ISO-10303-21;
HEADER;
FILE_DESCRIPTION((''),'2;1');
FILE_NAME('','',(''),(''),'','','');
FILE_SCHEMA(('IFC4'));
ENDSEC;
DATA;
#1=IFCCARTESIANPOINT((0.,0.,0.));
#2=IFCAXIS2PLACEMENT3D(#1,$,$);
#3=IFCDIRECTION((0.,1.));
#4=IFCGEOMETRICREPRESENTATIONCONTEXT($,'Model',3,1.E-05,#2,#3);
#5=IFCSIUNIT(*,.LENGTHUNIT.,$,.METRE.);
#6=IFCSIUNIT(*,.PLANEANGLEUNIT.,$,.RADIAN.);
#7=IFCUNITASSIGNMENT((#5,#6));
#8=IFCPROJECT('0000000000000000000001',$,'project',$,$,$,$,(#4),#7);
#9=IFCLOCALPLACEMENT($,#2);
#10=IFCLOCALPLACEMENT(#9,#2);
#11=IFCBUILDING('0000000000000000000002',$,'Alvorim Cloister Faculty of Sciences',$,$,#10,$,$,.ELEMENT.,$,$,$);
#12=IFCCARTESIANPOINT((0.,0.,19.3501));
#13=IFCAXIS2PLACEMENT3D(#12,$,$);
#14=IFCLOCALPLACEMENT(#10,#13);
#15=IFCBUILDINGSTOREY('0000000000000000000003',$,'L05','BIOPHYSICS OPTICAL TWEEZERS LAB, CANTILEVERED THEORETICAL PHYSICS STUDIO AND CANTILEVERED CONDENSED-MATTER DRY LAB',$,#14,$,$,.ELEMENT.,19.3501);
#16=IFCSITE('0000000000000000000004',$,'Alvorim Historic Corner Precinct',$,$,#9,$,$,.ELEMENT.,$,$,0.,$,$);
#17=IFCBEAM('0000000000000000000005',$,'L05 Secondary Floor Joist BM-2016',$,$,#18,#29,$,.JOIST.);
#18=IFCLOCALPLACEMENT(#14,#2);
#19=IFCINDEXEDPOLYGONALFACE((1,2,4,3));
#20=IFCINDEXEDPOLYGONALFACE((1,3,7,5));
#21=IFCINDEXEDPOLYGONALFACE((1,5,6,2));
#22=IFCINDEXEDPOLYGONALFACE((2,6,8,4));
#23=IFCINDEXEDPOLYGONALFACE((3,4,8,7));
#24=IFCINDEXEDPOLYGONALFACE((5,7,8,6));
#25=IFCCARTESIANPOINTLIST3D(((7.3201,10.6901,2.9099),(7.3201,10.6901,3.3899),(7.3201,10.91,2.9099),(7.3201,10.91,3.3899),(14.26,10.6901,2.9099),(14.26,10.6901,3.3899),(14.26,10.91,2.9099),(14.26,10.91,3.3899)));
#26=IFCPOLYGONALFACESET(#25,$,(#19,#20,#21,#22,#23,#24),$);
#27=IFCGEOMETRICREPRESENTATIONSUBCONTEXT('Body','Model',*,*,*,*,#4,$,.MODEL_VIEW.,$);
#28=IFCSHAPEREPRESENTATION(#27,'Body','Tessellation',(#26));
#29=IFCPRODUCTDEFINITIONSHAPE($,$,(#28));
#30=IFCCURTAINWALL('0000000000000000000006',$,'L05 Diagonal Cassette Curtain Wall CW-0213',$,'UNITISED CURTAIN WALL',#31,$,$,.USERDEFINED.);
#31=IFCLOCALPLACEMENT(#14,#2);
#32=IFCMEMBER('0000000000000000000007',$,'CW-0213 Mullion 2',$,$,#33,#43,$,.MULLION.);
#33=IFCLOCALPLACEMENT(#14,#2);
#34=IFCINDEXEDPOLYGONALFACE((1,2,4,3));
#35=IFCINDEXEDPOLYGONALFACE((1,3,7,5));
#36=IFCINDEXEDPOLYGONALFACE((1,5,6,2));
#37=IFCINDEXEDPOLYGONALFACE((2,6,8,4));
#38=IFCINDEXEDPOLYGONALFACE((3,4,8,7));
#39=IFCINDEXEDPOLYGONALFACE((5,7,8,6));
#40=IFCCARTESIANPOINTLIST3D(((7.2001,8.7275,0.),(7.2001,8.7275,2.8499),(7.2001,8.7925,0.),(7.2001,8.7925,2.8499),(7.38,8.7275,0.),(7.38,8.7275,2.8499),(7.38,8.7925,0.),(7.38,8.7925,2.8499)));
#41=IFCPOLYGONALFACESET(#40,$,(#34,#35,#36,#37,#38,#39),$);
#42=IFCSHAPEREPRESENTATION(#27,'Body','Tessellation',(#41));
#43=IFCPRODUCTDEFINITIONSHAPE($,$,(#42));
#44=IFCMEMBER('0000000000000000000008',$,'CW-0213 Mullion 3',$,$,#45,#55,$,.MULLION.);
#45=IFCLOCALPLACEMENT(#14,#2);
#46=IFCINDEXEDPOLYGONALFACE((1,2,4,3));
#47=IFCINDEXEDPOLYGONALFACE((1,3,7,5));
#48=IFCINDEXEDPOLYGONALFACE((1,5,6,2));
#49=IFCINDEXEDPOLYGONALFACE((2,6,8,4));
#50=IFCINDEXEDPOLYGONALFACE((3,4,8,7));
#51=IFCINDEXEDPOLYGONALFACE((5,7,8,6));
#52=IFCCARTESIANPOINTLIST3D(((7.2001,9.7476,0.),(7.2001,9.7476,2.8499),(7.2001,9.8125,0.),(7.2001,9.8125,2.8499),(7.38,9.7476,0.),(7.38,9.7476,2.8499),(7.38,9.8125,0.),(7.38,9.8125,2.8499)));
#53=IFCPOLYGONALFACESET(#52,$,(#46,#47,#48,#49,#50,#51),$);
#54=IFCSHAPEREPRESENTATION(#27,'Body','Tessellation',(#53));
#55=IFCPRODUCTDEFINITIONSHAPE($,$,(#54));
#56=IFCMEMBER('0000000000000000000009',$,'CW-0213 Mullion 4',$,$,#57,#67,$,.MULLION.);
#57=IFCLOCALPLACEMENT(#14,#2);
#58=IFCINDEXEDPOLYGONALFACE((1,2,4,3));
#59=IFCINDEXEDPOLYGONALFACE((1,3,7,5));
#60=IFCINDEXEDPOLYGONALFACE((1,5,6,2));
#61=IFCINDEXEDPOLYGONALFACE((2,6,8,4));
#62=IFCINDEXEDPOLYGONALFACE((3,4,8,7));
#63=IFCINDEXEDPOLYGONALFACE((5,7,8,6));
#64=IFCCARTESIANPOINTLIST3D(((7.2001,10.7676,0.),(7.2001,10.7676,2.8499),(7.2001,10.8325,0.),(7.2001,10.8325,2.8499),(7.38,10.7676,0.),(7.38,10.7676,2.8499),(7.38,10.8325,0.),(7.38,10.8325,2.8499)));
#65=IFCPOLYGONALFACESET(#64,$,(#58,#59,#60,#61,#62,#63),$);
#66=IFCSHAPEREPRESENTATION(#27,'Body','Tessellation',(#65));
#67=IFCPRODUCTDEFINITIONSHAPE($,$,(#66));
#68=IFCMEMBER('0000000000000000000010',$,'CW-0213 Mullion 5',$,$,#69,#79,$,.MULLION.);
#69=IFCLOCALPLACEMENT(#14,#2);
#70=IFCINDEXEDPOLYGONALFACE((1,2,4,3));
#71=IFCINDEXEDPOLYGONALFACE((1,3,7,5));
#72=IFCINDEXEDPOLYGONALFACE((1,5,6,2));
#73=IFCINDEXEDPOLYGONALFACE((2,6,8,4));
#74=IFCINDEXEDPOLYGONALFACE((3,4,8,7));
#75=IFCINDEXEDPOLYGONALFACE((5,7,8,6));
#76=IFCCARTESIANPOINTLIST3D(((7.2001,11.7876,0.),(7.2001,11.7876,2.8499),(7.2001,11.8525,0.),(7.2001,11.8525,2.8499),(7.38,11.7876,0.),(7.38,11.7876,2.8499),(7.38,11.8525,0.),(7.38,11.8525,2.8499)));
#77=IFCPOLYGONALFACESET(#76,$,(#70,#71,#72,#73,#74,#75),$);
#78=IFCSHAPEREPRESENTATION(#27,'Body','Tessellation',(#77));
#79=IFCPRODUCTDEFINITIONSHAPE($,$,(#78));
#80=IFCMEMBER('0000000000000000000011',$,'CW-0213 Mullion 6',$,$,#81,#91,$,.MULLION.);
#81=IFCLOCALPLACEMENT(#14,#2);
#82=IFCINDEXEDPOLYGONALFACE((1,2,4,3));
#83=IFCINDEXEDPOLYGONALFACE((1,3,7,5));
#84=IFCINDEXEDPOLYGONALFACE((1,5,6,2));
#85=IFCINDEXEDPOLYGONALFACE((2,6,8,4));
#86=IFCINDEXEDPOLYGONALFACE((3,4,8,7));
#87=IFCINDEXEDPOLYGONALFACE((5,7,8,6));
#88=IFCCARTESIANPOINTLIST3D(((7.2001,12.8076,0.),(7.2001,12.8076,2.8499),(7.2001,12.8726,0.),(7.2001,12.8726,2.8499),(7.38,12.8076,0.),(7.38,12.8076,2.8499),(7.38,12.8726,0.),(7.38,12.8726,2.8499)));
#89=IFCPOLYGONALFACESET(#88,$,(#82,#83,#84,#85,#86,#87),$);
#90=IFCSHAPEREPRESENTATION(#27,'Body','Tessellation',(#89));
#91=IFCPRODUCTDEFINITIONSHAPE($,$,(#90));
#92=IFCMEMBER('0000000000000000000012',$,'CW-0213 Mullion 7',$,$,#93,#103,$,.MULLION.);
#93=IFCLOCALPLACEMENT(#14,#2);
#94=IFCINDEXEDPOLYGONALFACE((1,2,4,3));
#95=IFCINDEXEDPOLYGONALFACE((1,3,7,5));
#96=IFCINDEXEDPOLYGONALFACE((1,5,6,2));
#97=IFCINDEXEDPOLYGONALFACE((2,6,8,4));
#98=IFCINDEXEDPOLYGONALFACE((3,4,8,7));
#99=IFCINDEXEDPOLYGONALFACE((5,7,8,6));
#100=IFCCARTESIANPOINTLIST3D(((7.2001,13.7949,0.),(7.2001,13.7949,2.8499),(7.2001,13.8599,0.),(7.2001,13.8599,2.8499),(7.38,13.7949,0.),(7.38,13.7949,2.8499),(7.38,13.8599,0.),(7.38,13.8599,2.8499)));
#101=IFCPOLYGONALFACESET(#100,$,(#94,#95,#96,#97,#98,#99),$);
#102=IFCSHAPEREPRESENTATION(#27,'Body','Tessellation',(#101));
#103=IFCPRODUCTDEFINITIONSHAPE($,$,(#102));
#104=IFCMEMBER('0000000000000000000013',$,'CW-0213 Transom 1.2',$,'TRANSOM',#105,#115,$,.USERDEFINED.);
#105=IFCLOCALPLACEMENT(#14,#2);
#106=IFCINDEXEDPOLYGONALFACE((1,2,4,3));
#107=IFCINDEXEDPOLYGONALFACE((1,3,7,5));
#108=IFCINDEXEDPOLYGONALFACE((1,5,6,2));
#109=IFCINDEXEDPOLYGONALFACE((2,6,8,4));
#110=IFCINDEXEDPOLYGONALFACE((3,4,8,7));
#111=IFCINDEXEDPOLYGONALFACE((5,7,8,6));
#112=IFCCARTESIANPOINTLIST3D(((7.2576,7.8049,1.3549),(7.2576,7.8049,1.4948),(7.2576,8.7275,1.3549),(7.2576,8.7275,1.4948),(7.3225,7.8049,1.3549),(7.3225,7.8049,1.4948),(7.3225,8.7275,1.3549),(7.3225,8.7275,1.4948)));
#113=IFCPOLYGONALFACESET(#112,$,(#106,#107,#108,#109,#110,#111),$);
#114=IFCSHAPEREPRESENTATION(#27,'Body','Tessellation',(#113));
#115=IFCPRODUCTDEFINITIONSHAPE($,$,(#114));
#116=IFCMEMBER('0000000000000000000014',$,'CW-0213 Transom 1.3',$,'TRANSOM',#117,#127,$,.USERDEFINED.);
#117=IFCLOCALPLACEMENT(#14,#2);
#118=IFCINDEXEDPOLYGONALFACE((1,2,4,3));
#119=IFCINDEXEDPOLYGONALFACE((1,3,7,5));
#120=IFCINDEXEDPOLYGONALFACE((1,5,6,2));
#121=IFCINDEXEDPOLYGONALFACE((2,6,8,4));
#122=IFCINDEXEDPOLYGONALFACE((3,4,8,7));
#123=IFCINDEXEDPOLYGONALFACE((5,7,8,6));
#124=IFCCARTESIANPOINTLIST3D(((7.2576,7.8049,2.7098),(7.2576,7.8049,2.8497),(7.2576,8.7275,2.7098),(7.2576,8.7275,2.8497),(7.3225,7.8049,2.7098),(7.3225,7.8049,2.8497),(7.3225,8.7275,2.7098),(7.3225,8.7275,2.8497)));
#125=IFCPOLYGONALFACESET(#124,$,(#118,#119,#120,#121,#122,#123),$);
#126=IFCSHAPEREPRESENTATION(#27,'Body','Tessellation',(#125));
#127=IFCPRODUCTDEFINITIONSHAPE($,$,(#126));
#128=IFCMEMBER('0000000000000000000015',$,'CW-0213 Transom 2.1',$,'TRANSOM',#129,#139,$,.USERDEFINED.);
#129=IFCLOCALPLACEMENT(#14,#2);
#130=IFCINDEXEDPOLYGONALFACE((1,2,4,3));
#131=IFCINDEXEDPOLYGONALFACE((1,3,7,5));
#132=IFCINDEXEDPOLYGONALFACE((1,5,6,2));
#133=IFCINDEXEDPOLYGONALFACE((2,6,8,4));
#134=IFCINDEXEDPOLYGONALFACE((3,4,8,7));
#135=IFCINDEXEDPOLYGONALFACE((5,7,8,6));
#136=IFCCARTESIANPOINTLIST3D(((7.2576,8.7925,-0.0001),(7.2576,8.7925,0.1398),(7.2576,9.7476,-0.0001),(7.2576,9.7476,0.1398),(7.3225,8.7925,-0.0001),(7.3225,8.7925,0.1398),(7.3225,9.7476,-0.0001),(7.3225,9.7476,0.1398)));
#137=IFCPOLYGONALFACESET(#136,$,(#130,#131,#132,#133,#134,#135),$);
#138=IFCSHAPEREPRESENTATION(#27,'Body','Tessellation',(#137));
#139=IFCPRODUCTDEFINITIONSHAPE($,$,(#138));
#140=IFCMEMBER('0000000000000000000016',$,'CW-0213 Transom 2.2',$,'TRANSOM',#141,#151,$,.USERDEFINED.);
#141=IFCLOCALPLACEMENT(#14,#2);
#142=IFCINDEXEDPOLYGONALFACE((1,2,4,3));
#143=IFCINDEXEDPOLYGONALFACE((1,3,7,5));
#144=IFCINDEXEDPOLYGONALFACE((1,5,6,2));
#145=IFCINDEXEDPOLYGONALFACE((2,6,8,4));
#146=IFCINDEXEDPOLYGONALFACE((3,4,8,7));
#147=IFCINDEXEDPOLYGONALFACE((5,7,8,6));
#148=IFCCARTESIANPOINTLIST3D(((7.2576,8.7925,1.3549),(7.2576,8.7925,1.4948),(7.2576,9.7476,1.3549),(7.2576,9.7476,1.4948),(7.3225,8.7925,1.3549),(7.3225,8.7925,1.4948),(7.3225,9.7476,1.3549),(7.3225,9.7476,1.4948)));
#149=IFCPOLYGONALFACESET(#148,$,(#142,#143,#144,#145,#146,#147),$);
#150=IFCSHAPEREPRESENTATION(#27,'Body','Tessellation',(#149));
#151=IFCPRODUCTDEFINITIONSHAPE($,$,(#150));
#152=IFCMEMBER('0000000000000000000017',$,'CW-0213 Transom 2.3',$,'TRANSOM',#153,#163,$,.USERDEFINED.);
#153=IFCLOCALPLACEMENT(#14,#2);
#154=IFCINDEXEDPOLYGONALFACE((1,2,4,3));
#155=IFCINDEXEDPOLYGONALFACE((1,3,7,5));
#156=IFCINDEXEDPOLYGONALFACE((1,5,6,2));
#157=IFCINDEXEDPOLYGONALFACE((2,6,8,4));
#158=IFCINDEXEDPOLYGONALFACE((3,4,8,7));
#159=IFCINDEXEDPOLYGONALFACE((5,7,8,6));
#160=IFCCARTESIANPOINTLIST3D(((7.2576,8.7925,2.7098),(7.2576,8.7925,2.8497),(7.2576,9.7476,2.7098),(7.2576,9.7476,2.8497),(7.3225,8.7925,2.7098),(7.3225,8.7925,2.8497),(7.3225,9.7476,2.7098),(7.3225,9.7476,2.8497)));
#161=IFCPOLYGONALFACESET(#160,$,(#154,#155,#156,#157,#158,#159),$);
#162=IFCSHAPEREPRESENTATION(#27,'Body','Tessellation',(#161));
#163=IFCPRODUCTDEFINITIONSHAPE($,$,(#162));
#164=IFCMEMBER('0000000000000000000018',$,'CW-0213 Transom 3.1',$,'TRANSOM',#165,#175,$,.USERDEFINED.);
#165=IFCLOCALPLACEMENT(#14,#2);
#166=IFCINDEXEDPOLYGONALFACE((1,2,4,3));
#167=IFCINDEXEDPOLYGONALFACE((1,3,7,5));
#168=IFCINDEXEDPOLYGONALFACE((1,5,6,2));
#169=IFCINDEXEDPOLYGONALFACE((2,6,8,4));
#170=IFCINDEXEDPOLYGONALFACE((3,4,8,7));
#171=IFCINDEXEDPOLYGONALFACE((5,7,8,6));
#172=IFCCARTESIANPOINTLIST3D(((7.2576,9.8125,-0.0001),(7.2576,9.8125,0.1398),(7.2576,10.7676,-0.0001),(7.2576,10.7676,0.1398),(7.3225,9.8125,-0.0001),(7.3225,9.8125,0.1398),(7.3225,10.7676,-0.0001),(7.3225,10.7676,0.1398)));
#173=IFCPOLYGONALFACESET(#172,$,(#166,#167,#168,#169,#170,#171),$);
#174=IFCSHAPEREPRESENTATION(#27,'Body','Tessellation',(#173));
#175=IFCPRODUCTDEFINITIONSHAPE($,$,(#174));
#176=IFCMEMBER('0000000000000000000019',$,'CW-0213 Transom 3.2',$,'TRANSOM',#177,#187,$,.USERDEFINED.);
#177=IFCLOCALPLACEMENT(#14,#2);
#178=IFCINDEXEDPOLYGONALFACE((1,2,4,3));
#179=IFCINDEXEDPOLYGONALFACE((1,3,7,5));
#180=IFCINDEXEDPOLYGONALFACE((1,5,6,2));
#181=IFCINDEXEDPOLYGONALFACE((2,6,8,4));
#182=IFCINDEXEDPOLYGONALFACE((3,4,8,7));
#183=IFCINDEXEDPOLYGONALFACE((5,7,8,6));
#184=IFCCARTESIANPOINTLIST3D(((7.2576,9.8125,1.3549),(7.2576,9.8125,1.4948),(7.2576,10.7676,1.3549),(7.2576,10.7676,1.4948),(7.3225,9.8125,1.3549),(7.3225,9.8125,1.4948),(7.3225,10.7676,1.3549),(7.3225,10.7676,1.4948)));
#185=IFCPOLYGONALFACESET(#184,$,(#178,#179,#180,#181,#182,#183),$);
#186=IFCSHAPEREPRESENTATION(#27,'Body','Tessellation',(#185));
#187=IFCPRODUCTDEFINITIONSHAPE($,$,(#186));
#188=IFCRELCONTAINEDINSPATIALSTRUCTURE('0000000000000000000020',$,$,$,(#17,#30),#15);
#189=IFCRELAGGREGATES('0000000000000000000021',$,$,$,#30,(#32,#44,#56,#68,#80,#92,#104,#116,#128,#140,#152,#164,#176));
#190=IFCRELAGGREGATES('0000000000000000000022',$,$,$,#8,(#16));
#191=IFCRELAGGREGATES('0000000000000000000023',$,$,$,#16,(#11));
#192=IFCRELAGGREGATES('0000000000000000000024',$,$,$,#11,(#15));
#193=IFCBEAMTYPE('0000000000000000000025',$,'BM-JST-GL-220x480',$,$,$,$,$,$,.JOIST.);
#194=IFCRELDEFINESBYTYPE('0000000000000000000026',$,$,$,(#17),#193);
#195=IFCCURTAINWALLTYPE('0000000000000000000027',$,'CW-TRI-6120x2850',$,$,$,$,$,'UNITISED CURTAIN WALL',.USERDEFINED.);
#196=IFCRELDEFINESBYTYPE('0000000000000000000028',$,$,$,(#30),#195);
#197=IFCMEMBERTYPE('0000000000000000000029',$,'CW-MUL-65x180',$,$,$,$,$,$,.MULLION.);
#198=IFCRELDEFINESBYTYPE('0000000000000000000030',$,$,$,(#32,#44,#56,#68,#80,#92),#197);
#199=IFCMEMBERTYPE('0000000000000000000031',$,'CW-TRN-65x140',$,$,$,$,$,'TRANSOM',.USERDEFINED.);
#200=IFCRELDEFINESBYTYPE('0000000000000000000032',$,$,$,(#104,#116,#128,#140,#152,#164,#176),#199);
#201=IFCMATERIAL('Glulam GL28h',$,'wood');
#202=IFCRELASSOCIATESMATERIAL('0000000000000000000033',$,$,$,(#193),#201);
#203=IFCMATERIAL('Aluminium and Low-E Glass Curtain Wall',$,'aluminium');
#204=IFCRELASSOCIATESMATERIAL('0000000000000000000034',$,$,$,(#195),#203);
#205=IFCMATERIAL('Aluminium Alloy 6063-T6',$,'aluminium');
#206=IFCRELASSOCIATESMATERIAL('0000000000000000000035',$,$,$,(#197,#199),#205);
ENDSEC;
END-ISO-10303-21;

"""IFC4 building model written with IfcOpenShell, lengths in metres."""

from ifc_helpers import new_model, si_unit, direction, frame, origin, origin_2d, place, context, subcontext, project, spatial, rectangle, extrude, material, material_profile, profile_set, type_object, element, aggregate, save


model = new_model("IFC4")

# Units and contexts
model_context = context("Model", 3, precision=1e-05, world=origin(), true_north=direction((0.0, 1.0)))
body_context = subcontext(model_context, "Body", "Model", "MODEL_VIEW")
ifc_project = project(units=[si_unit("LENGTHUNIT", "METRE"), si_unit("PLANEANGLEUNIT", "RADIAN")], contexts=[model_context])

# Site, building, storey
site_placement = place(None, origin())
site = spatial("IfcSite", under=ifc_project, at=site_placement, Name="Alvorim Historic Corner Precinct", CompositionType="ELEMENT", RefElevation=0.0)
building_placement = place(site_placement, origin())
building = spatial("IfcBuilding", under=site, at=building_placement, Name="Alvorim Cloister Faculty of Sciences", CompositionType="ELEMENT")
storey_placement = place(building_placement, frame((0.0, 0.0, 19.3501)))
storey = spatial("IfcBuildingStorey", under=building, at=storey_placement, Name="L05", Description="BIOPHYSICS OPTICAL TWEEZERS LAB, CANTILEVERED THEORETICAL PHYSICS STUDIO AND CANTILEVERED CONDENSED-MATTER DRY LAB", CompositionType="ELEMENT", Elevation=19.3501)

# Beam
ifc_material_1 = material(Name="Glulam GL28h", Category="wood")
ifc_material_profile_1 = material_profile(ifc_material_1, rectangle(XDim=0.22, YDim=0.48, at=origin_2d()), Name="GL28-JST-220x480")
ifc_profile_set_1 = profile_set([ifc_material_profile_1], Name="Glulam GL28h")
beam_type = type_object("IfcBeamType", Name="BM-JST-GL-220x480", PredefinedType="JOIST", material=ifc_profile_set_1)
beam_placement = place(storey_placement, frame((7.3201, 10.8, 3.1499), z_axis=(1.0, 0.0, 0.0), x_axis=(0.0, 1.0, 0.0)))
element("IfcBeam", 1, at=beam_placement, inside=storey, type_object=beam_type, Name="L05 Secondary Floor Joist BM-2016", PredefinedType="JOIST", context=body_context, shape_type="SweptSolid", body=[
    extrude(rectangle(XDim=0.22, YDim=0.48, at=origin_2d()), origin(), (0.0, 0.0, 1.0), 6.9399),
])

# Curtain wall, members
ifc_material_2 = material(Name="Aluminium and Low-E Glass Curtain Wall", Category="aluminium")
curtain_wall_type = type_object("IfcCurtainWallType", Name="CW-TRI-6120x2850", ElementType="UNITISED CURTAIN WALL", PredefinedType="USERDEFINED", material=ifc_material_2)
curtain_wall_placement = place(storey_placement, origin())
curtain_wall = element("IfcCurtainWall", 2, at=curtain_wall_placement, inside=storey, type_object=curtain_wall_type, Name="L05 Diagonal Cassette Curtain Wall CW-0213", ObjectType="UNITISED CURTAIN WALL", PredefinedType="USERDEFINED")
ifc_material_3 = material(Name="Aluminium Alloy 6063-T6", Category="aluminium")
ifc_material_profile_2 = material_profile(ifc_material_3, rectangle(XDim=0.0649, YDim=0.1799, at=origin_2d()), Name="ALU-MUL-65x180")
ifc_profile_set_2 = profile_set([ifc_material_profile_2], Name="Aluminium Alloy 6063-T6")
member_type_1 = type_object("IfcMemberType", Name="CW-MUL-65x180", PredefinedType="MULLION", material=ifc_profile_set_2)
member_1_placement = place(storey_placement, frame((7.29, 8.76, 0.0), z_axis=(0.0, 0.0, 1.0), x_axis=(0.0, 1.0, 0.0)))
member_1 = element("IfcMember", 3, at=member_1_placement, type_object=member_type_1, Name="CW-0213 Mullion 2", PredefinedType="MULLION", context=body_context, shape_type="SweptSolid", body=[
    extrude(rectangle(XDim=0.0649, YDim=0.1799, at=origin_2d()), origin(), (0.0, 0.0, 1.0), 2.8499),
])
member_2_placement = place(storey_placement, frame((7.29, 9.78, 0.0), z_axis=(0.0, 0.0, 1.0), x_axis=(0.0, 1.0, 0.0)))
member_2 = element("IfcMember", 4, at=member_2_placement, type_object=member_type_1, Name="CW-0213 Mullion 3", PredefinedType="MULLION", context=body_context, shape_type="SweptSolid", body=[
    extrude(rectangle(XDim=0.0649, YDim=0.1799, at=origin_2d()), origin(), (0.0, 0.0, 1.0), 2.8499),
])
member_3_placement = place(storey_placement, frame((7.29, 10.8, 0.0), z_axis=(0.0, 0.0, 1.0), x_axis=(0.0, 1.0, 0.0)))
member_3 = element("IfcMember", 5, at=member_3_placement, type_object=member_type_1, Name="CW-0213 Mullion 4", PredefinedType="MULLION", context=body_context, shape_type="SweptSolid", body=[
    extrude(rectangle(XDim=0.0649, YDim=0.1799, at=origin_2d()), origin(), (0.0, 0.0, 1.0), 2.8499),
])
member_4_placement = place(storey_placement, frame((7.29, 11.8201, 0.0), z_axis=(0.0, 0.0, 1.0), x_axis=(0.0, 1.0, 0.0)))
member_4 = element("IfcMember", 6, at=member_4_placement, type_object=member_type_1, Name="CW-0213 Mullion 5", PredefinedType="MULLION", context=body_context, shape_type="SweptSolid", body=[
    extrude(rectangle(XDim=0.0649, YDim=0.1799, at=origin_2d()), origin(), (0.0, 0.0, 1.0), 2.8499),
])
member_5_placement = place(storey_placement, frame((7.29, 12.8401, 0.0), z_axis=(0.0, 0.0, 1.0), x_axis=(0.0, 1.0, 0.0)))
member_5 = element("IfcMember", 7, at=member_5_placement, type_object=member_type_1, Name="CW-0213 Mullion 6", PredefinedType="MULLION", context=body_context, shape_type="SweptSolid", body=[
    extrude(rectangle(XDim=0.0649, YDim=0.1799, at=origin_2d()), origin(), (0.0, 0.0, 1.0), 2.8499),
])
member_6_placement = place(storey_placement, frame((7.29, 13.8274, 0.0), z_axis=(0.0, 0.0, 1.0), x_axis=(0.0, 1.0, 0.0)))
member_6 = element("IfcMember", 8, at=member_6_placement, type_object=member_type_1, Name="CW-0213 Mullion 7", PredefinedType="MULLION", context=body_context, shape_type="SweptSolid", body=[
    extrude(rectangle(XDim=0.0649, YDim=0.1799, at=origin_2d()), origin(), (0.0, 0.0, 1.0), 2.8499),
])
ifc_material_profile_3 = material_profile(ifc_material_3, rectangle(XDim=0.0649, YDim=0.1399, at=origin_2d()), Name="ALU-TRN-65x140")
ifc_profile_set_3 = profile_set([ifc_material_profile_3], Name="Aluminium Alloy 6063-T6")
member_type_2 = type_object("IfcMemberType", Name="CW-TRN-65x140", ElementType="TRANSOM", PredefinedType="USERDEFINED", material=ifc_profile_set_3)
member_7_placement = place(storey_placement, frame((7.29, 7.8049, 1.4248), z_axis=(0.0, 1.0, 0.0), x_axis=(-1.0, 0.0, 0.0)))
member_7 = element("IfcMember", 9, at=member_7_placement, type_object=member_type_2, Name="CW-0213 Transom 1.2", ObjectType="TRANSOM", PredefinedType="USERDEFINED", context=body_context, shape_type="SweptSolid", body=[
    extrude(rectangle(XDim=0.0649, YDim=0.1399, at=origin_2d()), origin(), (0.0, 0.0, 1.0), 0.9226),
])
member_8_placement = place(storey_placement, frame((7.29, 7.8049, 2.7798), z_axis=(0.0, 1.0, 0.0), x_axis=(-1.0, 0.0, 0.0)))
member_8 = element("IfcMember", 10, at=member_8_placement, type_object=member_type_2, Name="CW-0213 Transom 1.3", ObjectType="TRANSOM", PredefinedType="USERDEFINED", context=body_context, shape_type="SweptSolid", body=[
    extrude(rectangle(XDim=0.0649, YDim=0.1399, at=origin_2d()), origin(), (0.0, 0.0, 1.0), 0.9226),
])
member_9_placement = place(storey_placement, frame((7.29, 8.7925, 0.0698), z_axis=(0.0, 1.0, 0.0), x_axis=(-1.0, 0.0, 0.0)))
member_9 = element("IfcMember", 11, at=member_9_placement, type_object=member_type_2, Name="CW-0213 Transom 2.1", ObjectType="TRANSOM", PredefinedType="USERDEFINED", context=body_context, shape_type="SweptSolid", body=[
    extrude(rectangle(XDim=0.0649, YDim=0.1399, at=origin_2d()), origin(), (0.0, 0.0, 1.0), 0.9551),
])
member_10_placement = place(storey_placement, frame((7.29, 8.7925, 1.4248), z_axis=(0.0, 1.0, 0.0), x_axis=(-1.0, 0.0, 0.0)))
member_10 = element("IfcMember", 12, at=member_10_placement, type_object=member_type_2, Name="CW-0213 Transom 2.2", ObjectType="TRANSOM", PredefinedType="USERDEFINED", context=body_context, shape_type="SweptSolid", body=[
    extrude(rectangle(XDim=0.0649, YDim=0.1399, at=origin_2d()), origin(), (0.0, 0.0, 1.0), 0.9551),
])
member_11_placement = place(storey_placement, frame((7.29, 8.7925, 2.7798), z_axis=(0.0, 1.0, 0.0), x_axis=(-1.0, 0.0, 0.0)))
member_11 = element("IfcMember", 13, at=member_11_placement, type_object=member_type_2, Name="CW-0213 Transom 2.3", ObjectType="TRANSOM", PredefinedType="USERDEFINED", context=body_context, shape_type="SweptSolid", body=[
    extrude(rectangle(XDim=0.0649, YDim=0.1399, at=origin_2d()), origin(), (0.0, 0.0, 1.0), 0.9551),
])
member_12_placement = place(storey_placement, frame((7.29, 9.8125, 0.0698), z_axis=(0.0, 1.0, 0.0), x_axis=(-1.0, 0.0, 0.0)))
member_12 = element("IfcMember", 14, at=member_12_placement, type_object=member_type_2, Name="CW-0213 Transom 3.1", ObjectType="TRANSOM", PredefinedType="USERDEFINED", context=body_context, shape_type="SweptSolid", body=[
    extrude(rectangle(XDim=0.0649, YDim=0.1399, at=origin_2d()), origin(), (0.0, 0.0, 1.0), 0.9551),
])
member_13_placement = place(storey_placement, frame((7.29, 9.8125, 1.4248), z_axis=(0.0, 1.0, 0.0), x_axis=(-1.0, 0.0, 0.0)))
member_13 = element("IfcMember", 15, at=member_13_placement, type_object=member_type_2, Name="CW-0213 Transom 3.2", ObjectType="TRANSOM", PredefinedType="USERDEFINED", context=body_context, shape_type="SweptSolid", body=[
    extrude(rectangle(XDim=0.0649, YDim=0.1399, at=origin_2d()), origin(), (0.0, 0.0, 1.0), 0.9551),
])
aggregate(curtain_wall, [member_1, member_2, member_3, member_4, member_5, member_6, member_7, member_8, member_9, member_10, member_11, member_12, member_13])

save(model, "model.ifc")
